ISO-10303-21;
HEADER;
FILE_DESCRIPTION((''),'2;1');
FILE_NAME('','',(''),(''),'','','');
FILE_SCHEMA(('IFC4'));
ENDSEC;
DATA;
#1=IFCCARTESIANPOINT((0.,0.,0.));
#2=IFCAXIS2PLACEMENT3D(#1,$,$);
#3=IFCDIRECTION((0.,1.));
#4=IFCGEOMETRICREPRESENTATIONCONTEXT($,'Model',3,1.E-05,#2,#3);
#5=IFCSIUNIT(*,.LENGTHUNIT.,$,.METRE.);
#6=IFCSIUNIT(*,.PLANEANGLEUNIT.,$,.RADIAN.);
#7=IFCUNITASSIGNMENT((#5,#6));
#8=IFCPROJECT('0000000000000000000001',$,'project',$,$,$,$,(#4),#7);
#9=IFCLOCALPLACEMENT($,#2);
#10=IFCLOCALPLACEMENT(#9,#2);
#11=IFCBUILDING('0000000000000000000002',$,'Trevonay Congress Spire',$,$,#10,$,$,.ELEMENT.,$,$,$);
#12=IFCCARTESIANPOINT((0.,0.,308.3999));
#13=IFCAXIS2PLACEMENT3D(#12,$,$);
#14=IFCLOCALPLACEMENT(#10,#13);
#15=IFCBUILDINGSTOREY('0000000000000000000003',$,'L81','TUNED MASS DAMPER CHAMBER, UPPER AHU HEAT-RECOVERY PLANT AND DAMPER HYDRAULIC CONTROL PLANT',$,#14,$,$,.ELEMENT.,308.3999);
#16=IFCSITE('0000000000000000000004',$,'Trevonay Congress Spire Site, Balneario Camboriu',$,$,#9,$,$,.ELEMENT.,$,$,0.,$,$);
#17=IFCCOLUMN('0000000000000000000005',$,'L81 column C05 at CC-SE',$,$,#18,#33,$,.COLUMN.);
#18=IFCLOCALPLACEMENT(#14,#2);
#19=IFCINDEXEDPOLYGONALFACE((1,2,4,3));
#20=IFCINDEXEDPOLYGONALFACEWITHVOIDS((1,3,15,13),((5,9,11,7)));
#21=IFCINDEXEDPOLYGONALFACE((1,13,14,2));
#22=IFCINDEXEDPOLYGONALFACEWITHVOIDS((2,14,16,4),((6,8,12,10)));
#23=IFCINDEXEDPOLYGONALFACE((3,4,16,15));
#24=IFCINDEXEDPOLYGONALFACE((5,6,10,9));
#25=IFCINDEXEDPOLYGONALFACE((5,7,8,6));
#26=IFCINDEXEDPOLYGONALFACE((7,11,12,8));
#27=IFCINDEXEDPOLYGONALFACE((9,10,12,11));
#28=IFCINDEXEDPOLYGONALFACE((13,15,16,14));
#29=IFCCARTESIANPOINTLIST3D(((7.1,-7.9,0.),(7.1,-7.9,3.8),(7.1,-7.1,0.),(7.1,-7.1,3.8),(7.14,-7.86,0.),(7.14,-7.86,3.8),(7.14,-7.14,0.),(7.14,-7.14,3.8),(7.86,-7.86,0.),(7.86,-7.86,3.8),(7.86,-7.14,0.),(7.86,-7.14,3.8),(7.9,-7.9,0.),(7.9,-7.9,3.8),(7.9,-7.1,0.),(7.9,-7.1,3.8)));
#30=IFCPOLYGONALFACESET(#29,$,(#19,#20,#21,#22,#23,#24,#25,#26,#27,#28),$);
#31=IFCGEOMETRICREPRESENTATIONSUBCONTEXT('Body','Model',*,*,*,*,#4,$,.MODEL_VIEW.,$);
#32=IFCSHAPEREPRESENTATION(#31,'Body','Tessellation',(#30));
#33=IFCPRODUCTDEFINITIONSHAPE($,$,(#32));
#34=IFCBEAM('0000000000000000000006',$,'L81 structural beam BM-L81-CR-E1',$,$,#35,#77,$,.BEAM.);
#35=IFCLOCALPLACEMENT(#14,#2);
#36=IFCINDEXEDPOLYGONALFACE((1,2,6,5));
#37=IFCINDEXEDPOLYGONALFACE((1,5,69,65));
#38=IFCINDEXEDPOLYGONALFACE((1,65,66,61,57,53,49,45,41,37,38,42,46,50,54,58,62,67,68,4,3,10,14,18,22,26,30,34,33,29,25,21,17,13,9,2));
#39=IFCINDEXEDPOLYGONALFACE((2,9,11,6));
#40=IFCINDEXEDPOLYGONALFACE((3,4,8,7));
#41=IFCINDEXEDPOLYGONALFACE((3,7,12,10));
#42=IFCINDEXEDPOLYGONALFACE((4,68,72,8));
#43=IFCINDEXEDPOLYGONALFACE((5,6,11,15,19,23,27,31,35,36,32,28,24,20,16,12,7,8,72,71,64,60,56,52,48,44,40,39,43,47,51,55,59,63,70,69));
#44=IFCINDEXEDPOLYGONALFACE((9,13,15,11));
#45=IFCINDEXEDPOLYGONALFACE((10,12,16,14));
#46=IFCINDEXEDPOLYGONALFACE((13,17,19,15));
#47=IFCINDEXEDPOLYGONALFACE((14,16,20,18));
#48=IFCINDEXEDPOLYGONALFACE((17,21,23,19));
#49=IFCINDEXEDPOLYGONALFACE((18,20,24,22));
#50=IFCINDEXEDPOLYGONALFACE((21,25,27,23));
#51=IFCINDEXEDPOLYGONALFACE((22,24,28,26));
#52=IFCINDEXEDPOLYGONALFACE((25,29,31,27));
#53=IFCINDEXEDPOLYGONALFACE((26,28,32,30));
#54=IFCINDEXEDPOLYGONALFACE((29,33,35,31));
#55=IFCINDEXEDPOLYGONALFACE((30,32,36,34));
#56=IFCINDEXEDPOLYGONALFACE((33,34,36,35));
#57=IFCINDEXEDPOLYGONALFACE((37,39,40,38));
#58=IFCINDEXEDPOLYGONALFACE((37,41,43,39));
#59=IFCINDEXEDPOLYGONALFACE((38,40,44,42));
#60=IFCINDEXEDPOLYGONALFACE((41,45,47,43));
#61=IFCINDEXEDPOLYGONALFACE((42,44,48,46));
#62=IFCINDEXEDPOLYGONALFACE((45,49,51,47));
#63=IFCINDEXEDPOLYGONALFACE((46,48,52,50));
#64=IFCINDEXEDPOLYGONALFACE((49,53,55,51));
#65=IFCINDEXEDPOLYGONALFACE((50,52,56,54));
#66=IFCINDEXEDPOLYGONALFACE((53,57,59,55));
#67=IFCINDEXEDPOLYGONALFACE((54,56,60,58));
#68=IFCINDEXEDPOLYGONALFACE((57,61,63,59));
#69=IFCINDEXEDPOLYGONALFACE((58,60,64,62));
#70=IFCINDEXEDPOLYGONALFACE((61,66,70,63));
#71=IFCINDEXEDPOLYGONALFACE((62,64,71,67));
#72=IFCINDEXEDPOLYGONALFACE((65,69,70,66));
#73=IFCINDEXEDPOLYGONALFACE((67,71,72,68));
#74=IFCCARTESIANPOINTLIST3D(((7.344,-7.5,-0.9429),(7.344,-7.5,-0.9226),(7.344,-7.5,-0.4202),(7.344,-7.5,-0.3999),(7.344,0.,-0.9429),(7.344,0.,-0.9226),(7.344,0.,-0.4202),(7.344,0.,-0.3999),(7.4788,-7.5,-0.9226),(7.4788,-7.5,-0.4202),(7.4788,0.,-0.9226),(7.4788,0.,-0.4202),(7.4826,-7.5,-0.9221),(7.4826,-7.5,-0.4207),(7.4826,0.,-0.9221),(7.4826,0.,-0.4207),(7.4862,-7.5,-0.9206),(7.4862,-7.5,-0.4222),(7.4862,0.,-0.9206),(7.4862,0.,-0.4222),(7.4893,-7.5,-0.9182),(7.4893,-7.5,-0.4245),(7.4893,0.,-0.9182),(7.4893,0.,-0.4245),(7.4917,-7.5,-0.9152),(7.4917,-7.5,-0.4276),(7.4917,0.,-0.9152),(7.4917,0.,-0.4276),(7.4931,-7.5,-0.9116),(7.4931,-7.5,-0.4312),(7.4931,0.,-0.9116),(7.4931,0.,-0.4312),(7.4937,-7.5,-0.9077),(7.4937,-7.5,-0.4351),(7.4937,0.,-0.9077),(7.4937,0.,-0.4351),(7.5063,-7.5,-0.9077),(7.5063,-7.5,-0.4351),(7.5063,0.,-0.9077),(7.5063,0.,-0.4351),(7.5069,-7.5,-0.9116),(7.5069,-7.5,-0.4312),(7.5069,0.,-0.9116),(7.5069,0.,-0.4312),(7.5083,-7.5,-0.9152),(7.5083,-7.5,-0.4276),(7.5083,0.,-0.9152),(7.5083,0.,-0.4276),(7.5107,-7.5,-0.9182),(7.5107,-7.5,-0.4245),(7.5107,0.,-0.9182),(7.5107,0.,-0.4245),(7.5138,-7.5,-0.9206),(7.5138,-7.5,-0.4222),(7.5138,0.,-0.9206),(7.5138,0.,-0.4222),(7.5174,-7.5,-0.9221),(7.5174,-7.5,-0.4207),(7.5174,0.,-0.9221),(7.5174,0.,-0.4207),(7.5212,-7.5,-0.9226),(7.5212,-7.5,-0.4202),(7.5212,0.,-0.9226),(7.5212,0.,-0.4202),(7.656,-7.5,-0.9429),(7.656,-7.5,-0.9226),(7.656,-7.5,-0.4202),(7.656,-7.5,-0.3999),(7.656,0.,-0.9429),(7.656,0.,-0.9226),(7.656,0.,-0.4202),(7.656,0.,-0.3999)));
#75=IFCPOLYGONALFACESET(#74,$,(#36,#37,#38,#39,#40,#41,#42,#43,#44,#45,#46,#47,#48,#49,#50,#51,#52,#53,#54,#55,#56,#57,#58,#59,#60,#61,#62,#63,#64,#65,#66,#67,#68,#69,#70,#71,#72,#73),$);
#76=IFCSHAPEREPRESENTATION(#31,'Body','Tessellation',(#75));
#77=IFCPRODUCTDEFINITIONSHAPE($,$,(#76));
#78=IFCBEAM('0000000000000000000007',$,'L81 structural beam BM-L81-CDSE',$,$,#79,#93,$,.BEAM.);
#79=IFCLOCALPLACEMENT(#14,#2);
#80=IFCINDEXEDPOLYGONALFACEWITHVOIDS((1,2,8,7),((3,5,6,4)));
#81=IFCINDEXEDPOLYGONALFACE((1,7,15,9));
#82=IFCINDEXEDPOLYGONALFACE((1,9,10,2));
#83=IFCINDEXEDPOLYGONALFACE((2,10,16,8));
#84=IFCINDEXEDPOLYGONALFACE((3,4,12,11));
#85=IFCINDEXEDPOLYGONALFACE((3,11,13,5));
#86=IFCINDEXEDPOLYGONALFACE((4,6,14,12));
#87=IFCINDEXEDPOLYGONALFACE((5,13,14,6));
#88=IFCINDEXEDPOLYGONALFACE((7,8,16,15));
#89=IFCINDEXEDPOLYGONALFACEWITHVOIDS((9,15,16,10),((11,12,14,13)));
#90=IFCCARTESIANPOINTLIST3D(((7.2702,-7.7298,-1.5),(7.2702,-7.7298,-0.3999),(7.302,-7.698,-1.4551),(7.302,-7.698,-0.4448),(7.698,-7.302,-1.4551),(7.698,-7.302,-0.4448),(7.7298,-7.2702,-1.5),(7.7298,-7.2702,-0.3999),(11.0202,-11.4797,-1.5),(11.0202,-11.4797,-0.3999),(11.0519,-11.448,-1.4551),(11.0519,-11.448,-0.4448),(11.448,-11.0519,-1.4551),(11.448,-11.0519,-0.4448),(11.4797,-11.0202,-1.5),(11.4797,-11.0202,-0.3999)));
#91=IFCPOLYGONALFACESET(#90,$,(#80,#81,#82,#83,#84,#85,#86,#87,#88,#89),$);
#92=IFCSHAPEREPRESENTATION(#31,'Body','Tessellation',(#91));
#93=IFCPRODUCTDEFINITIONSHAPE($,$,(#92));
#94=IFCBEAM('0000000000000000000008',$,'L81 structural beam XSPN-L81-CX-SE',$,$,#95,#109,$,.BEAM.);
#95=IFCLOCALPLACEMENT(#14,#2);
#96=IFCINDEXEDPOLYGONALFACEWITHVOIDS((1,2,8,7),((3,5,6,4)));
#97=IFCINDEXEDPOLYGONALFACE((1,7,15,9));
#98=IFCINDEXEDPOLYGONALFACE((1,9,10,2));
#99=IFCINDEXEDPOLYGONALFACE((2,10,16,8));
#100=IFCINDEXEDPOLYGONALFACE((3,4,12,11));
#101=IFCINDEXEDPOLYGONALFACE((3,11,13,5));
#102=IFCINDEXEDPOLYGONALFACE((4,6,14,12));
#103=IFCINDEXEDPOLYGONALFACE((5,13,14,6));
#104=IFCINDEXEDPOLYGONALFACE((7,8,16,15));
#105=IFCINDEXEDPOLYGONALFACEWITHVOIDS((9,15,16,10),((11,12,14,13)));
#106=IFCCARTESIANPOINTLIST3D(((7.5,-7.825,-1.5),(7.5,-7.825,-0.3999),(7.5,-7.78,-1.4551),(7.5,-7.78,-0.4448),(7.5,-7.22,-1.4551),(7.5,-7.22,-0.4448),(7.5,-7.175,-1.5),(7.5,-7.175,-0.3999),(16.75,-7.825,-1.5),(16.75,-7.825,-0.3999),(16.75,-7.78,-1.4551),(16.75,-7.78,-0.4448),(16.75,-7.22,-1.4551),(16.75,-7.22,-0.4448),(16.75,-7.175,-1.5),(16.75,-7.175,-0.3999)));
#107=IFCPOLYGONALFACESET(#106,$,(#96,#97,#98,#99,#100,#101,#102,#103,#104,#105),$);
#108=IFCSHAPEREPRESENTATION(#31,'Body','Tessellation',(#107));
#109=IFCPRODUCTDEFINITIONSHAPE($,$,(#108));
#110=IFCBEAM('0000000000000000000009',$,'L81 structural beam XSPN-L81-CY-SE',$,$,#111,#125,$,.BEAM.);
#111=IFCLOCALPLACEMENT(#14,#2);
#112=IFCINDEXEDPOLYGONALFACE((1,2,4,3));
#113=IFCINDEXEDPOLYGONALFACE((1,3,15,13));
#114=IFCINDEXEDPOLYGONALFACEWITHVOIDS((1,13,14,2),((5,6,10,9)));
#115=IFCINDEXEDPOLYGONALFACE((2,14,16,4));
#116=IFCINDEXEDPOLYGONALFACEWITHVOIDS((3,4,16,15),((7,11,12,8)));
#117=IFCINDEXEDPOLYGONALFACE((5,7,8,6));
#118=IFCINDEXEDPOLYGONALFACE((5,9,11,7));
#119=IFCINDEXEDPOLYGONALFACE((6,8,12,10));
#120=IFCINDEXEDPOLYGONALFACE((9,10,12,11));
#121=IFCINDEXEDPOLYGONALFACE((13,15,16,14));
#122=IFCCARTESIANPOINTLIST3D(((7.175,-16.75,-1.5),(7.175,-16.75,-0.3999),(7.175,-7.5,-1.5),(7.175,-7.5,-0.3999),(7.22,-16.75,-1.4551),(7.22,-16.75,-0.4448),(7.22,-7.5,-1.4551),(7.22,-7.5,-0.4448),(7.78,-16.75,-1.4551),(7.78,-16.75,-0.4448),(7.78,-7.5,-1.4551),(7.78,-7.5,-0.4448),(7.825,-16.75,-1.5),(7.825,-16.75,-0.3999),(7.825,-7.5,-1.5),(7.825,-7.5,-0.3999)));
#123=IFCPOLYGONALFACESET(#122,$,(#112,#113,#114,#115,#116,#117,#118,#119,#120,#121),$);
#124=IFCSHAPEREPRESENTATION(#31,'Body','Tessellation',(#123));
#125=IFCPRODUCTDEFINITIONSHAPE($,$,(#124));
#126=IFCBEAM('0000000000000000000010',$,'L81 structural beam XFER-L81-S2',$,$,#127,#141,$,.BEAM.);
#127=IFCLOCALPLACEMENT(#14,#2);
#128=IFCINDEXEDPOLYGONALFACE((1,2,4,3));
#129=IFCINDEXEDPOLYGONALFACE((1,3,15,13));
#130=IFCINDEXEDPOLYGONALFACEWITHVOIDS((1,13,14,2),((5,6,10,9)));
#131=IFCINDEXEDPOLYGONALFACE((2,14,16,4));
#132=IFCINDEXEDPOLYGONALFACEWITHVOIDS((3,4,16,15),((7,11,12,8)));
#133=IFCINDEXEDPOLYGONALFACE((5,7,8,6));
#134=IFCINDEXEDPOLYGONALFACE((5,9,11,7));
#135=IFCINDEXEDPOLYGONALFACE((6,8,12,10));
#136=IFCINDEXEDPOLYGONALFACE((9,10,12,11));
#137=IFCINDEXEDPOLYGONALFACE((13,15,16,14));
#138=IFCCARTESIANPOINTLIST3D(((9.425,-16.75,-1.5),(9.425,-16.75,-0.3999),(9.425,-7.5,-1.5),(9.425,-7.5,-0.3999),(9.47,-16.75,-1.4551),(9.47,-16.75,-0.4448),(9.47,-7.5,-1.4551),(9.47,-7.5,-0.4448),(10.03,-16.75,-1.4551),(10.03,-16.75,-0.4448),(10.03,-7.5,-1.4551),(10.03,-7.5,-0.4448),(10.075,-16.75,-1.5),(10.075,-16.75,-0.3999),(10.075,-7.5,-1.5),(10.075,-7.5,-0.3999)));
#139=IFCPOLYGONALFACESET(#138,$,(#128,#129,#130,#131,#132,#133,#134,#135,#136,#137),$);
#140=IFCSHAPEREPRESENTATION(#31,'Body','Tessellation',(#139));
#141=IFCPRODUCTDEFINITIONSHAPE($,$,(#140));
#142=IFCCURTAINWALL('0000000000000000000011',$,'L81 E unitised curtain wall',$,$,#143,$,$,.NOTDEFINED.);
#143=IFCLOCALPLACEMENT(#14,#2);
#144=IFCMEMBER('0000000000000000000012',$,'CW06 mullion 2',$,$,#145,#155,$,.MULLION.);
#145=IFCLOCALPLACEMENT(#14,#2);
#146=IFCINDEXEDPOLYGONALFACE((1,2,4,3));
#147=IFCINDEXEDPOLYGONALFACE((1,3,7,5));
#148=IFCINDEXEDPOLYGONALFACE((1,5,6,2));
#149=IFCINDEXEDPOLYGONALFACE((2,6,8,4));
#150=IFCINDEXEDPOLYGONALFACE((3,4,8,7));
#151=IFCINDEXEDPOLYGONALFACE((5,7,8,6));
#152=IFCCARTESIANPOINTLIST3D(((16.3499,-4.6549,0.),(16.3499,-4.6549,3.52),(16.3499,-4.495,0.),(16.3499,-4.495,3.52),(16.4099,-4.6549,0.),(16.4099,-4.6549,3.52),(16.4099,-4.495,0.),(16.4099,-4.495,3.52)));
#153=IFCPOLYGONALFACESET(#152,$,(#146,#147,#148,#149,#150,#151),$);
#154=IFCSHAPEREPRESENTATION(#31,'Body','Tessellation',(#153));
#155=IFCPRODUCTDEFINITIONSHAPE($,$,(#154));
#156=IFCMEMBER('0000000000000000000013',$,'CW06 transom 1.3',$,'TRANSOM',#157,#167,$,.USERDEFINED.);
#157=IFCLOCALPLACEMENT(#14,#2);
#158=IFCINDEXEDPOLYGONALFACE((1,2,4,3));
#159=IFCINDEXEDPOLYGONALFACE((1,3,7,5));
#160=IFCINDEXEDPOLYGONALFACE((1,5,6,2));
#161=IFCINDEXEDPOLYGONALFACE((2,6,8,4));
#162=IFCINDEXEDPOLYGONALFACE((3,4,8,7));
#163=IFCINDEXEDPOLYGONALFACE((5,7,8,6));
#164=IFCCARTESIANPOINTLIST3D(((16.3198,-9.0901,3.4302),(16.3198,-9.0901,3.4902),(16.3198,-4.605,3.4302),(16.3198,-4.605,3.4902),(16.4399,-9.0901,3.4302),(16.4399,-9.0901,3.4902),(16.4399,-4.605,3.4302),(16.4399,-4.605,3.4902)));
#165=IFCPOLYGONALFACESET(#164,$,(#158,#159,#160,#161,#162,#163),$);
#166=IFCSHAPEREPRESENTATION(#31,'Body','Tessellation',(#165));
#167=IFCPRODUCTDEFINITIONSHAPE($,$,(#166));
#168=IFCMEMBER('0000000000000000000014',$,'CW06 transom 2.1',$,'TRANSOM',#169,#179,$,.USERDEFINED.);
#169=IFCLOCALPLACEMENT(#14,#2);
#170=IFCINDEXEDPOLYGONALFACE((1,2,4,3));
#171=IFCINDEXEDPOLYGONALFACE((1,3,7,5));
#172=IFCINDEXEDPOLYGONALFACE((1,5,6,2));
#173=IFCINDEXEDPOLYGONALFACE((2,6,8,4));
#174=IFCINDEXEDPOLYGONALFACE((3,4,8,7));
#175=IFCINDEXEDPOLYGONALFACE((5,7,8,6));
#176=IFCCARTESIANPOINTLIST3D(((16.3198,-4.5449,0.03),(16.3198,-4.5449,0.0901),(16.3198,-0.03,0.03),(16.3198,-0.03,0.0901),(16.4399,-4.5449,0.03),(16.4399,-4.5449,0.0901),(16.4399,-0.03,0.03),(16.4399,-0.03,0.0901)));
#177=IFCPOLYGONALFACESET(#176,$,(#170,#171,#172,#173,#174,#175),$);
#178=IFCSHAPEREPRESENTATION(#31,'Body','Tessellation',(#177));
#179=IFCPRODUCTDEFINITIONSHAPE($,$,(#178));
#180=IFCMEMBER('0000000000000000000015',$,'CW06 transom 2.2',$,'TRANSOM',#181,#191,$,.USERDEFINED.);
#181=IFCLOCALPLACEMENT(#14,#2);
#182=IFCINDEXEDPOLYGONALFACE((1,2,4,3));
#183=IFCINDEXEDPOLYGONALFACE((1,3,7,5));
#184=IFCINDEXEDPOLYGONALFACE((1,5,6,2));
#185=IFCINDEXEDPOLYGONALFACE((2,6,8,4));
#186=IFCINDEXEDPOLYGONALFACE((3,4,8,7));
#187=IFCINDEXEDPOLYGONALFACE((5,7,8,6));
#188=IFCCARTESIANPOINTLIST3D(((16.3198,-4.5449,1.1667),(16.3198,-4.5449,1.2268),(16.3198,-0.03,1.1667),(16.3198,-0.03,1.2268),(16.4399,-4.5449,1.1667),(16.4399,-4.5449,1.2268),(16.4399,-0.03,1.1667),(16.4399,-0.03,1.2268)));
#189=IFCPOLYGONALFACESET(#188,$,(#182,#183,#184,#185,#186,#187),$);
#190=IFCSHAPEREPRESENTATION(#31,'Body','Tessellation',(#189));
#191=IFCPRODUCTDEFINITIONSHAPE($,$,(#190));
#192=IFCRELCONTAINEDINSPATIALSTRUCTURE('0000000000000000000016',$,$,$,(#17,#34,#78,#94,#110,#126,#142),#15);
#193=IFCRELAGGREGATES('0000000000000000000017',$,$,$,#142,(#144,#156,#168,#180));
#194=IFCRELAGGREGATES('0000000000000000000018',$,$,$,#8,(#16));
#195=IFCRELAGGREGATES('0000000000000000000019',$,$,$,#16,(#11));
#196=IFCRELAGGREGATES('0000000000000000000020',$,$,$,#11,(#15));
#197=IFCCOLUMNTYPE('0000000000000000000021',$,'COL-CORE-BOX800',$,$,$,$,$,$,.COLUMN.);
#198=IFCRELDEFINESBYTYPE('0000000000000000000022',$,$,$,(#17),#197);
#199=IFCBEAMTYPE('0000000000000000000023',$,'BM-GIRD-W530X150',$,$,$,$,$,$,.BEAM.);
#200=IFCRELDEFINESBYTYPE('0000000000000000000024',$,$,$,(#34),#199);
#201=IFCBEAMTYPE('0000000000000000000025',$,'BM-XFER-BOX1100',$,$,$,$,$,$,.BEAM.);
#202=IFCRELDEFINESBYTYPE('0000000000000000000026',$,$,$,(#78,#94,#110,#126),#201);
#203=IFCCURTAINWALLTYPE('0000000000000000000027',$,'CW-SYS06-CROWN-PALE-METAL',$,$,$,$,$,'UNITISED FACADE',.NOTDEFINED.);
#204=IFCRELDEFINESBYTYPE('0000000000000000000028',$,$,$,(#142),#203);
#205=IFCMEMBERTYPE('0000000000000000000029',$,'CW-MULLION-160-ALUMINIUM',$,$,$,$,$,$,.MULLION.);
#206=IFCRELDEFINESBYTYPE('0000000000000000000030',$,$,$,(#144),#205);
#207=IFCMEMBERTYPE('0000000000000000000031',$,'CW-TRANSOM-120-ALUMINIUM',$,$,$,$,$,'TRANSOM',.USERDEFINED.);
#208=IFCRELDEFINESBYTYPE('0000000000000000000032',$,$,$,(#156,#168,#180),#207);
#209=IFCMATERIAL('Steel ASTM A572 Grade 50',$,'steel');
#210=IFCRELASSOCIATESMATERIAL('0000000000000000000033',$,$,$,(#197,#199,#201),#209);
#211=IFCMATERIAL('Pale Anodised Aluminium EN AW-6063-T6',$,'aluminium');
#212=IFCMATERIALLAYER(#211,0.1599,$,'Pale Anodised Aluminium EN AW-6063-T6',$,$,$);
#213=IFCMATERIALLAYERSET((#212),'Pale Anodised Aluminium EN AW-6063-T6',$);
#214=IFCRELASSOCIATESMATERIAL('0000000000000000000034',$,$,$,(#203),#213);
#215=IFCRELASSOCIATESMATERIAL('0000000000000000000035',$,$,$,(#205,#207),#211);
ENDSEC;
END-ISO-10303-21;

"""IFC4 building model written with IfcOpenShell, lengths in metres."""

from ifc_helpers import new_model, si_unit, direction, frame, origin, origin_2d, place, context, subcontext, project, spatial, rectangle, hollow_rectangle, i_section, extrude, material, layer, layer_set, material_profile, profile_set, type_object, element, aggregate, save


model = new_model("IFC4")

# Units and contexts
model_context = context("Model", 3, precision=1e-05, world=origin(), true_north=direction((0.0, 1.0)))
body_context = subcontext(model_context, "Body", "Model", "MODEL_VIEW")
ifc_project = project(units=[si_unit("LENGTHUNIT", "METRE"), si_unit("PLANEANGLEUNIT", "RADIAN")], contexts=[model_context])

# Site, building, storey
site_placement = place(None, origin())
site = spatial("IfcSite", under=ifc_project, at=site_placement, Name="Trevonay Congress Spire Site, Balneario Camboriu", CompositionType="ELEMENT", RefElevation=0.0)
building_placement = place(site_placement, origin())
building = spatial("IfcBuilding", under=site, at=building_placement, Name="Trevonay Congress Spire", CompositionType="ELEMENT")
storey_placement = place(building_placement, frame((0.0, 0.0, 308.3999)))
storey = spatial("IfcBuildingStorey", under=building, at=storey_placement, Name="L81", Description="TUNED MASS DAMPER CHAMBER, UPPER AHU HEAT-RECOVERY PLANT AND DAMPER HYDRAULIC CONTROL PLANT", CompositionType="ELEMENT", Elevation=308.3999)

# Column
ifc_material_1 = material(Name="Steel ASTM A572 Grade 50", Category="steel")
ifc_material_profile_1 = material_profile(ifc_material_1, hollow_rectangle(XDim=0.8, YDim=0.8, WallThickness=0.04, at=origin_2d()), Name="BOX 800x800x40")
ifc_profile_set_1 = profile_set([ifc_material_profile_1], Name="Steel ASTM A572 Grade 50")
column_type = type_object("IfcColumnType", Name="COL-CORE-BOX800", PredefinedType="COLUMN", material=ifc_profile_set_1)
column_placement = place(storey_placement, frame((7.5, -7.5, 0.0), z_axis=(0.0, 0.0, 1.0), x_axis=(1.0, 0.0, 0.0)))
element("IfcColumn", 1, at=column_placement, inside=storey, type_object=column_type, Name="L81 column C05 at CC-SE", PredefinedType="COLUMN", context=body_context, shape_type="SweptSolid", body=[
    extrude(hollow_rectangle(XDim=0.8, YDim=0.8, WallThickness=0.04, at=origin_2d()), origin(), (0.0, 0.0, 1.0), 3.8),
])

# Beams
ifc_material_profile_2 = material_profile(ifc_material_1, i_section(OverallWidth=0.312, OverallDepth=0.543, WebThickness=0.0127, FlangeThickness=0.0203, FilletRadius=0.0149, at=origin_2d()), Name="W530x150")
ifc_profile_set_2 = profile_set([ifc_material_profile_2], Name="Steel ASTM A572 Grade 50")
beam_type_1 = type_object("IfcBeamType", Name="BM-GIRD-W530X150", PredefinedType="BEAM", material=ifc_profile_set_2)
beam_1_placement = place(storey_placement, frame((7.5, -7.5, -0.6714), z_axis=(0.0, 1.0, 0.0), x_axis=(-1.0, 0.0, 0.0)))
element("IfcBeam", 2, at=beam_1_placement, inside=storey, type_object=beam_type_1, Name="L81 structural beam BM-L81-CR-E1", PredefinedType="BEAM", context=body_context, shape_type="SweptSolid", body=[
    extrude(i_section(OverallWidth=0.312, OverallDepth=0.543, WebThickness=0.0127, FlangeThickness=0.0203, FilletRadius=0.0149, at=origin_2d()), origin(), (0.0, 0.0, 1.0), 7.5),
])
ifc_material_profile_3 = material_profile(ifc_material_1, hollow_rectangle(XDim=0.6499, YDim=1.1001, WallThickness=0.0449, at=origin_2d()), Name="BOX 1100x650x45")
ifc_profile_set_3 = profile_set([ifc_material_profile_3], Name="Steel ASTM A572 Grade 50")
beam_type_2 = type_object("IfcBeamType", Name="BM-XFER-BOX1100", PredefinedType="BEAM", material=ifc_profile_set_3)
beam_2_placement = place(storey_placement, frame((7.5, -7.5, -0.95), z_axis=(0.707107, -0.707107, 0.0), x_axis=(0.707107, 0.707107, 0.0)))
element("IfcBeam", 3, at=beam_2_placement, inside=storey, type_object=beam_type_2, Name="L81 structural beam BM-L81-CDSE", PredefinedType="BEAM", context=body_context, shape_type="SweptSolid", body=[
    extrude(hollow_rectangle(XDim=0.6499, YDim=1.1001, WallThickness=0.0449, at=origin_2d()), origin(), (0.0, 0.0, 1.0), 5.3032),
])
for number, where, z_axis, x_axis, name in (
    (4, (7.5, -7.5, -0.95), (1.0, 0.0, 0.0), (0.0, 1.0, 0.0), "L81 structural beam XSPN-L81-CX-SE"),
    (5, (7.5, -7.5, -0.95), (0.0, -1.0, 0.0), (1.0, 0.0, 0.0), "L81 structural beam XSPN-L81-CY-SE"),
    (6, (9.75, -7.5, -0.95), (0.0, -1.0, 0.0), (1.0, 0.0, 0.0), "L81 structural beam XFER-L81-S2"),
):
    element("IfcBeam", number, at=place(storey_placement, frame(where, z_axis=z_axis, x_axis=x_axis)), inside=storey, type_object=beam_type_2, Name=name, PredefinedType="BEAM", context=body_context, shape_type="SweptSolid", body=[
        extrude(hollow_rectangle(XDim=0.6499, YDim=1.1001, WallThickness=0.0449, at=origin_2d()), origin(), (0.0, 0.0, 1.0), 9.25),
    ])

# Curtain wall, members
ifc_material_2 = material(Name="Pale Anodised Aluminium EN AW-6063-T6", Category="aluminium")
ifc_layer_1 = layer(ifc_material_2, 0.1599, Name="Pale Anodised Aluminium EN AW-6063-T6")
ifc_layer_set_1 = layer_set([ifc_layer_1], Name="Pale Anodised Aluminium EN AW-6063-T6")
curtain_wall_type = type_object("IfcCurtainWallType", Name="CW-SYS06-CROWN-PALE-METAL", ElementType="UNITISED FACADE", PredefinedType="NOTDEFINED", material=ifc_layer_set_1)
curtain_wall_placement = place(storey_placement, origin())
curtain_wall = element("IfcCurtainWall", 7, at=curtain_wall_placement, inside=storey, type_object=curtain_wall_type, Name="L81 E unitised curtain wall", PredefinedType="NOTDEFINED")
ifc_material_profile_4 = material_profile(ifc_material_2, rectangle(XDim=0.0601, YDim=0.1599, at=origin_2d()), Name="CW-MULLION-160-ALUMINIUM")
ifc_profile_set_4 = profile_set([ifc_material_profile_4], Name="Pale Anodised Aluminium EN AW-6063-T6")
member_type_1 = type_object("IfcMemberType", Name="CW-MULLION-160-ALUMINIUM", PredefinedType="MULLION", material=ifc_profile_set_4)
member_1_placement = place(storey_placement, frame((16.3799, -4.575, 0.0), z_axis=(0.0, 0.0, 1.0), x_axis=(-1.0, 0.0, 0.0)))
member_1 = element("IfcMember", 8, at=member_1_placement, type_object=member_type_1, Name="CW06 mullion 2", PredefinedType="MULLION", context=body_context, shape_type="SweptSolid", body=[
    extrude(rectangle(XDim=0.0601, YDim=0.1599, at=origin_2d()), origin(), (0.0, 0.0, 1.0), 3.52),
])
ifc_material_profile_5 = material_profile(ifc_material_2, rectangle(XDim=0.1201, YDim=0.0601, at=origin_2d()), Name="CW-TRANSOM-120-ALUMINIUM")
ifc_profile_set_5 = profile_set([ifc_material_profile_5], Name="Pale Anodised Aluminium EN AW-6063-T6")
member_type_2 = type_object("IfcMemberType", Name="CW-TRANSOM-120-ALUMINIUM", ElementType="TRANSOM", PredefinedType="USERDEFINED", material=ifc_profile_set_5)
member_2_placement = place(storey_placement, frame((16.3799, -9.0901, 3.4602), z_axis=(0.0, 1.0, 0.0), x_axis=(-1.0, 0.0, 0.0)))
member_2 = element("IfcMember", 9, at=member_2_placement, type_object=member_type_2, Name="CW06 transom 1.3", ObjectType="TRANSOM", PredefinedType="USERDEFINED", context=body_context, shape_type="SweptSolid", body=[
    extrude(rectangle(XDim=0.1201, YDim=0.0601, at=origin_2d()), origin(), (0.0, 0.0, 1.0), 4.4851),
])
member_3_placement = place(storey_placement, frame((16.3799, -4.5449, 0.0601), z_axis=(0.0, 1.0, 0.0), x_axis=(-1.0, 0.0, 0.0)))
member_3 = element("IfcMember", 10, at=member_3_placement, type_object=member_type_2, Name="CW06 transom 2.1", ObjectType="TRANSOM", PredefinedType="USERDEFINED", context=body_context, shape_type="SweptSolid", body=[
    extrude(rectangle(XDim=0.1201, YDim=0.0601, at=origin_2d()), origin(), (0.0, 0.0, 1.0), 4.5149),
])
member_4_placement = place(storey_placement, frame((16.3799, -4.5449, 1.1968), z_axis=(0.0, 1.0, 0.0), x_axis=(-1.0, 0.0, 0.0)))
member_4 = element("IfcMember", 11, at=member_4_placement, type_object=member_type_2, Name="CW06 transom 2.2", ObjectType="TRANSOM", PredefinedType="USERDEFINED", context=body_context, shape_type="SweptSolid", body=[
    extrude(rectangle(XDim=0.1201, YDim=0.0601, at=origin_2d()), origin(), (0.0, 0.0, 1.0), 4.5149),
])
aggregate(curtain_wall, [member_1, member_2, member_3, member_4])

save(model, "model.ifc")
